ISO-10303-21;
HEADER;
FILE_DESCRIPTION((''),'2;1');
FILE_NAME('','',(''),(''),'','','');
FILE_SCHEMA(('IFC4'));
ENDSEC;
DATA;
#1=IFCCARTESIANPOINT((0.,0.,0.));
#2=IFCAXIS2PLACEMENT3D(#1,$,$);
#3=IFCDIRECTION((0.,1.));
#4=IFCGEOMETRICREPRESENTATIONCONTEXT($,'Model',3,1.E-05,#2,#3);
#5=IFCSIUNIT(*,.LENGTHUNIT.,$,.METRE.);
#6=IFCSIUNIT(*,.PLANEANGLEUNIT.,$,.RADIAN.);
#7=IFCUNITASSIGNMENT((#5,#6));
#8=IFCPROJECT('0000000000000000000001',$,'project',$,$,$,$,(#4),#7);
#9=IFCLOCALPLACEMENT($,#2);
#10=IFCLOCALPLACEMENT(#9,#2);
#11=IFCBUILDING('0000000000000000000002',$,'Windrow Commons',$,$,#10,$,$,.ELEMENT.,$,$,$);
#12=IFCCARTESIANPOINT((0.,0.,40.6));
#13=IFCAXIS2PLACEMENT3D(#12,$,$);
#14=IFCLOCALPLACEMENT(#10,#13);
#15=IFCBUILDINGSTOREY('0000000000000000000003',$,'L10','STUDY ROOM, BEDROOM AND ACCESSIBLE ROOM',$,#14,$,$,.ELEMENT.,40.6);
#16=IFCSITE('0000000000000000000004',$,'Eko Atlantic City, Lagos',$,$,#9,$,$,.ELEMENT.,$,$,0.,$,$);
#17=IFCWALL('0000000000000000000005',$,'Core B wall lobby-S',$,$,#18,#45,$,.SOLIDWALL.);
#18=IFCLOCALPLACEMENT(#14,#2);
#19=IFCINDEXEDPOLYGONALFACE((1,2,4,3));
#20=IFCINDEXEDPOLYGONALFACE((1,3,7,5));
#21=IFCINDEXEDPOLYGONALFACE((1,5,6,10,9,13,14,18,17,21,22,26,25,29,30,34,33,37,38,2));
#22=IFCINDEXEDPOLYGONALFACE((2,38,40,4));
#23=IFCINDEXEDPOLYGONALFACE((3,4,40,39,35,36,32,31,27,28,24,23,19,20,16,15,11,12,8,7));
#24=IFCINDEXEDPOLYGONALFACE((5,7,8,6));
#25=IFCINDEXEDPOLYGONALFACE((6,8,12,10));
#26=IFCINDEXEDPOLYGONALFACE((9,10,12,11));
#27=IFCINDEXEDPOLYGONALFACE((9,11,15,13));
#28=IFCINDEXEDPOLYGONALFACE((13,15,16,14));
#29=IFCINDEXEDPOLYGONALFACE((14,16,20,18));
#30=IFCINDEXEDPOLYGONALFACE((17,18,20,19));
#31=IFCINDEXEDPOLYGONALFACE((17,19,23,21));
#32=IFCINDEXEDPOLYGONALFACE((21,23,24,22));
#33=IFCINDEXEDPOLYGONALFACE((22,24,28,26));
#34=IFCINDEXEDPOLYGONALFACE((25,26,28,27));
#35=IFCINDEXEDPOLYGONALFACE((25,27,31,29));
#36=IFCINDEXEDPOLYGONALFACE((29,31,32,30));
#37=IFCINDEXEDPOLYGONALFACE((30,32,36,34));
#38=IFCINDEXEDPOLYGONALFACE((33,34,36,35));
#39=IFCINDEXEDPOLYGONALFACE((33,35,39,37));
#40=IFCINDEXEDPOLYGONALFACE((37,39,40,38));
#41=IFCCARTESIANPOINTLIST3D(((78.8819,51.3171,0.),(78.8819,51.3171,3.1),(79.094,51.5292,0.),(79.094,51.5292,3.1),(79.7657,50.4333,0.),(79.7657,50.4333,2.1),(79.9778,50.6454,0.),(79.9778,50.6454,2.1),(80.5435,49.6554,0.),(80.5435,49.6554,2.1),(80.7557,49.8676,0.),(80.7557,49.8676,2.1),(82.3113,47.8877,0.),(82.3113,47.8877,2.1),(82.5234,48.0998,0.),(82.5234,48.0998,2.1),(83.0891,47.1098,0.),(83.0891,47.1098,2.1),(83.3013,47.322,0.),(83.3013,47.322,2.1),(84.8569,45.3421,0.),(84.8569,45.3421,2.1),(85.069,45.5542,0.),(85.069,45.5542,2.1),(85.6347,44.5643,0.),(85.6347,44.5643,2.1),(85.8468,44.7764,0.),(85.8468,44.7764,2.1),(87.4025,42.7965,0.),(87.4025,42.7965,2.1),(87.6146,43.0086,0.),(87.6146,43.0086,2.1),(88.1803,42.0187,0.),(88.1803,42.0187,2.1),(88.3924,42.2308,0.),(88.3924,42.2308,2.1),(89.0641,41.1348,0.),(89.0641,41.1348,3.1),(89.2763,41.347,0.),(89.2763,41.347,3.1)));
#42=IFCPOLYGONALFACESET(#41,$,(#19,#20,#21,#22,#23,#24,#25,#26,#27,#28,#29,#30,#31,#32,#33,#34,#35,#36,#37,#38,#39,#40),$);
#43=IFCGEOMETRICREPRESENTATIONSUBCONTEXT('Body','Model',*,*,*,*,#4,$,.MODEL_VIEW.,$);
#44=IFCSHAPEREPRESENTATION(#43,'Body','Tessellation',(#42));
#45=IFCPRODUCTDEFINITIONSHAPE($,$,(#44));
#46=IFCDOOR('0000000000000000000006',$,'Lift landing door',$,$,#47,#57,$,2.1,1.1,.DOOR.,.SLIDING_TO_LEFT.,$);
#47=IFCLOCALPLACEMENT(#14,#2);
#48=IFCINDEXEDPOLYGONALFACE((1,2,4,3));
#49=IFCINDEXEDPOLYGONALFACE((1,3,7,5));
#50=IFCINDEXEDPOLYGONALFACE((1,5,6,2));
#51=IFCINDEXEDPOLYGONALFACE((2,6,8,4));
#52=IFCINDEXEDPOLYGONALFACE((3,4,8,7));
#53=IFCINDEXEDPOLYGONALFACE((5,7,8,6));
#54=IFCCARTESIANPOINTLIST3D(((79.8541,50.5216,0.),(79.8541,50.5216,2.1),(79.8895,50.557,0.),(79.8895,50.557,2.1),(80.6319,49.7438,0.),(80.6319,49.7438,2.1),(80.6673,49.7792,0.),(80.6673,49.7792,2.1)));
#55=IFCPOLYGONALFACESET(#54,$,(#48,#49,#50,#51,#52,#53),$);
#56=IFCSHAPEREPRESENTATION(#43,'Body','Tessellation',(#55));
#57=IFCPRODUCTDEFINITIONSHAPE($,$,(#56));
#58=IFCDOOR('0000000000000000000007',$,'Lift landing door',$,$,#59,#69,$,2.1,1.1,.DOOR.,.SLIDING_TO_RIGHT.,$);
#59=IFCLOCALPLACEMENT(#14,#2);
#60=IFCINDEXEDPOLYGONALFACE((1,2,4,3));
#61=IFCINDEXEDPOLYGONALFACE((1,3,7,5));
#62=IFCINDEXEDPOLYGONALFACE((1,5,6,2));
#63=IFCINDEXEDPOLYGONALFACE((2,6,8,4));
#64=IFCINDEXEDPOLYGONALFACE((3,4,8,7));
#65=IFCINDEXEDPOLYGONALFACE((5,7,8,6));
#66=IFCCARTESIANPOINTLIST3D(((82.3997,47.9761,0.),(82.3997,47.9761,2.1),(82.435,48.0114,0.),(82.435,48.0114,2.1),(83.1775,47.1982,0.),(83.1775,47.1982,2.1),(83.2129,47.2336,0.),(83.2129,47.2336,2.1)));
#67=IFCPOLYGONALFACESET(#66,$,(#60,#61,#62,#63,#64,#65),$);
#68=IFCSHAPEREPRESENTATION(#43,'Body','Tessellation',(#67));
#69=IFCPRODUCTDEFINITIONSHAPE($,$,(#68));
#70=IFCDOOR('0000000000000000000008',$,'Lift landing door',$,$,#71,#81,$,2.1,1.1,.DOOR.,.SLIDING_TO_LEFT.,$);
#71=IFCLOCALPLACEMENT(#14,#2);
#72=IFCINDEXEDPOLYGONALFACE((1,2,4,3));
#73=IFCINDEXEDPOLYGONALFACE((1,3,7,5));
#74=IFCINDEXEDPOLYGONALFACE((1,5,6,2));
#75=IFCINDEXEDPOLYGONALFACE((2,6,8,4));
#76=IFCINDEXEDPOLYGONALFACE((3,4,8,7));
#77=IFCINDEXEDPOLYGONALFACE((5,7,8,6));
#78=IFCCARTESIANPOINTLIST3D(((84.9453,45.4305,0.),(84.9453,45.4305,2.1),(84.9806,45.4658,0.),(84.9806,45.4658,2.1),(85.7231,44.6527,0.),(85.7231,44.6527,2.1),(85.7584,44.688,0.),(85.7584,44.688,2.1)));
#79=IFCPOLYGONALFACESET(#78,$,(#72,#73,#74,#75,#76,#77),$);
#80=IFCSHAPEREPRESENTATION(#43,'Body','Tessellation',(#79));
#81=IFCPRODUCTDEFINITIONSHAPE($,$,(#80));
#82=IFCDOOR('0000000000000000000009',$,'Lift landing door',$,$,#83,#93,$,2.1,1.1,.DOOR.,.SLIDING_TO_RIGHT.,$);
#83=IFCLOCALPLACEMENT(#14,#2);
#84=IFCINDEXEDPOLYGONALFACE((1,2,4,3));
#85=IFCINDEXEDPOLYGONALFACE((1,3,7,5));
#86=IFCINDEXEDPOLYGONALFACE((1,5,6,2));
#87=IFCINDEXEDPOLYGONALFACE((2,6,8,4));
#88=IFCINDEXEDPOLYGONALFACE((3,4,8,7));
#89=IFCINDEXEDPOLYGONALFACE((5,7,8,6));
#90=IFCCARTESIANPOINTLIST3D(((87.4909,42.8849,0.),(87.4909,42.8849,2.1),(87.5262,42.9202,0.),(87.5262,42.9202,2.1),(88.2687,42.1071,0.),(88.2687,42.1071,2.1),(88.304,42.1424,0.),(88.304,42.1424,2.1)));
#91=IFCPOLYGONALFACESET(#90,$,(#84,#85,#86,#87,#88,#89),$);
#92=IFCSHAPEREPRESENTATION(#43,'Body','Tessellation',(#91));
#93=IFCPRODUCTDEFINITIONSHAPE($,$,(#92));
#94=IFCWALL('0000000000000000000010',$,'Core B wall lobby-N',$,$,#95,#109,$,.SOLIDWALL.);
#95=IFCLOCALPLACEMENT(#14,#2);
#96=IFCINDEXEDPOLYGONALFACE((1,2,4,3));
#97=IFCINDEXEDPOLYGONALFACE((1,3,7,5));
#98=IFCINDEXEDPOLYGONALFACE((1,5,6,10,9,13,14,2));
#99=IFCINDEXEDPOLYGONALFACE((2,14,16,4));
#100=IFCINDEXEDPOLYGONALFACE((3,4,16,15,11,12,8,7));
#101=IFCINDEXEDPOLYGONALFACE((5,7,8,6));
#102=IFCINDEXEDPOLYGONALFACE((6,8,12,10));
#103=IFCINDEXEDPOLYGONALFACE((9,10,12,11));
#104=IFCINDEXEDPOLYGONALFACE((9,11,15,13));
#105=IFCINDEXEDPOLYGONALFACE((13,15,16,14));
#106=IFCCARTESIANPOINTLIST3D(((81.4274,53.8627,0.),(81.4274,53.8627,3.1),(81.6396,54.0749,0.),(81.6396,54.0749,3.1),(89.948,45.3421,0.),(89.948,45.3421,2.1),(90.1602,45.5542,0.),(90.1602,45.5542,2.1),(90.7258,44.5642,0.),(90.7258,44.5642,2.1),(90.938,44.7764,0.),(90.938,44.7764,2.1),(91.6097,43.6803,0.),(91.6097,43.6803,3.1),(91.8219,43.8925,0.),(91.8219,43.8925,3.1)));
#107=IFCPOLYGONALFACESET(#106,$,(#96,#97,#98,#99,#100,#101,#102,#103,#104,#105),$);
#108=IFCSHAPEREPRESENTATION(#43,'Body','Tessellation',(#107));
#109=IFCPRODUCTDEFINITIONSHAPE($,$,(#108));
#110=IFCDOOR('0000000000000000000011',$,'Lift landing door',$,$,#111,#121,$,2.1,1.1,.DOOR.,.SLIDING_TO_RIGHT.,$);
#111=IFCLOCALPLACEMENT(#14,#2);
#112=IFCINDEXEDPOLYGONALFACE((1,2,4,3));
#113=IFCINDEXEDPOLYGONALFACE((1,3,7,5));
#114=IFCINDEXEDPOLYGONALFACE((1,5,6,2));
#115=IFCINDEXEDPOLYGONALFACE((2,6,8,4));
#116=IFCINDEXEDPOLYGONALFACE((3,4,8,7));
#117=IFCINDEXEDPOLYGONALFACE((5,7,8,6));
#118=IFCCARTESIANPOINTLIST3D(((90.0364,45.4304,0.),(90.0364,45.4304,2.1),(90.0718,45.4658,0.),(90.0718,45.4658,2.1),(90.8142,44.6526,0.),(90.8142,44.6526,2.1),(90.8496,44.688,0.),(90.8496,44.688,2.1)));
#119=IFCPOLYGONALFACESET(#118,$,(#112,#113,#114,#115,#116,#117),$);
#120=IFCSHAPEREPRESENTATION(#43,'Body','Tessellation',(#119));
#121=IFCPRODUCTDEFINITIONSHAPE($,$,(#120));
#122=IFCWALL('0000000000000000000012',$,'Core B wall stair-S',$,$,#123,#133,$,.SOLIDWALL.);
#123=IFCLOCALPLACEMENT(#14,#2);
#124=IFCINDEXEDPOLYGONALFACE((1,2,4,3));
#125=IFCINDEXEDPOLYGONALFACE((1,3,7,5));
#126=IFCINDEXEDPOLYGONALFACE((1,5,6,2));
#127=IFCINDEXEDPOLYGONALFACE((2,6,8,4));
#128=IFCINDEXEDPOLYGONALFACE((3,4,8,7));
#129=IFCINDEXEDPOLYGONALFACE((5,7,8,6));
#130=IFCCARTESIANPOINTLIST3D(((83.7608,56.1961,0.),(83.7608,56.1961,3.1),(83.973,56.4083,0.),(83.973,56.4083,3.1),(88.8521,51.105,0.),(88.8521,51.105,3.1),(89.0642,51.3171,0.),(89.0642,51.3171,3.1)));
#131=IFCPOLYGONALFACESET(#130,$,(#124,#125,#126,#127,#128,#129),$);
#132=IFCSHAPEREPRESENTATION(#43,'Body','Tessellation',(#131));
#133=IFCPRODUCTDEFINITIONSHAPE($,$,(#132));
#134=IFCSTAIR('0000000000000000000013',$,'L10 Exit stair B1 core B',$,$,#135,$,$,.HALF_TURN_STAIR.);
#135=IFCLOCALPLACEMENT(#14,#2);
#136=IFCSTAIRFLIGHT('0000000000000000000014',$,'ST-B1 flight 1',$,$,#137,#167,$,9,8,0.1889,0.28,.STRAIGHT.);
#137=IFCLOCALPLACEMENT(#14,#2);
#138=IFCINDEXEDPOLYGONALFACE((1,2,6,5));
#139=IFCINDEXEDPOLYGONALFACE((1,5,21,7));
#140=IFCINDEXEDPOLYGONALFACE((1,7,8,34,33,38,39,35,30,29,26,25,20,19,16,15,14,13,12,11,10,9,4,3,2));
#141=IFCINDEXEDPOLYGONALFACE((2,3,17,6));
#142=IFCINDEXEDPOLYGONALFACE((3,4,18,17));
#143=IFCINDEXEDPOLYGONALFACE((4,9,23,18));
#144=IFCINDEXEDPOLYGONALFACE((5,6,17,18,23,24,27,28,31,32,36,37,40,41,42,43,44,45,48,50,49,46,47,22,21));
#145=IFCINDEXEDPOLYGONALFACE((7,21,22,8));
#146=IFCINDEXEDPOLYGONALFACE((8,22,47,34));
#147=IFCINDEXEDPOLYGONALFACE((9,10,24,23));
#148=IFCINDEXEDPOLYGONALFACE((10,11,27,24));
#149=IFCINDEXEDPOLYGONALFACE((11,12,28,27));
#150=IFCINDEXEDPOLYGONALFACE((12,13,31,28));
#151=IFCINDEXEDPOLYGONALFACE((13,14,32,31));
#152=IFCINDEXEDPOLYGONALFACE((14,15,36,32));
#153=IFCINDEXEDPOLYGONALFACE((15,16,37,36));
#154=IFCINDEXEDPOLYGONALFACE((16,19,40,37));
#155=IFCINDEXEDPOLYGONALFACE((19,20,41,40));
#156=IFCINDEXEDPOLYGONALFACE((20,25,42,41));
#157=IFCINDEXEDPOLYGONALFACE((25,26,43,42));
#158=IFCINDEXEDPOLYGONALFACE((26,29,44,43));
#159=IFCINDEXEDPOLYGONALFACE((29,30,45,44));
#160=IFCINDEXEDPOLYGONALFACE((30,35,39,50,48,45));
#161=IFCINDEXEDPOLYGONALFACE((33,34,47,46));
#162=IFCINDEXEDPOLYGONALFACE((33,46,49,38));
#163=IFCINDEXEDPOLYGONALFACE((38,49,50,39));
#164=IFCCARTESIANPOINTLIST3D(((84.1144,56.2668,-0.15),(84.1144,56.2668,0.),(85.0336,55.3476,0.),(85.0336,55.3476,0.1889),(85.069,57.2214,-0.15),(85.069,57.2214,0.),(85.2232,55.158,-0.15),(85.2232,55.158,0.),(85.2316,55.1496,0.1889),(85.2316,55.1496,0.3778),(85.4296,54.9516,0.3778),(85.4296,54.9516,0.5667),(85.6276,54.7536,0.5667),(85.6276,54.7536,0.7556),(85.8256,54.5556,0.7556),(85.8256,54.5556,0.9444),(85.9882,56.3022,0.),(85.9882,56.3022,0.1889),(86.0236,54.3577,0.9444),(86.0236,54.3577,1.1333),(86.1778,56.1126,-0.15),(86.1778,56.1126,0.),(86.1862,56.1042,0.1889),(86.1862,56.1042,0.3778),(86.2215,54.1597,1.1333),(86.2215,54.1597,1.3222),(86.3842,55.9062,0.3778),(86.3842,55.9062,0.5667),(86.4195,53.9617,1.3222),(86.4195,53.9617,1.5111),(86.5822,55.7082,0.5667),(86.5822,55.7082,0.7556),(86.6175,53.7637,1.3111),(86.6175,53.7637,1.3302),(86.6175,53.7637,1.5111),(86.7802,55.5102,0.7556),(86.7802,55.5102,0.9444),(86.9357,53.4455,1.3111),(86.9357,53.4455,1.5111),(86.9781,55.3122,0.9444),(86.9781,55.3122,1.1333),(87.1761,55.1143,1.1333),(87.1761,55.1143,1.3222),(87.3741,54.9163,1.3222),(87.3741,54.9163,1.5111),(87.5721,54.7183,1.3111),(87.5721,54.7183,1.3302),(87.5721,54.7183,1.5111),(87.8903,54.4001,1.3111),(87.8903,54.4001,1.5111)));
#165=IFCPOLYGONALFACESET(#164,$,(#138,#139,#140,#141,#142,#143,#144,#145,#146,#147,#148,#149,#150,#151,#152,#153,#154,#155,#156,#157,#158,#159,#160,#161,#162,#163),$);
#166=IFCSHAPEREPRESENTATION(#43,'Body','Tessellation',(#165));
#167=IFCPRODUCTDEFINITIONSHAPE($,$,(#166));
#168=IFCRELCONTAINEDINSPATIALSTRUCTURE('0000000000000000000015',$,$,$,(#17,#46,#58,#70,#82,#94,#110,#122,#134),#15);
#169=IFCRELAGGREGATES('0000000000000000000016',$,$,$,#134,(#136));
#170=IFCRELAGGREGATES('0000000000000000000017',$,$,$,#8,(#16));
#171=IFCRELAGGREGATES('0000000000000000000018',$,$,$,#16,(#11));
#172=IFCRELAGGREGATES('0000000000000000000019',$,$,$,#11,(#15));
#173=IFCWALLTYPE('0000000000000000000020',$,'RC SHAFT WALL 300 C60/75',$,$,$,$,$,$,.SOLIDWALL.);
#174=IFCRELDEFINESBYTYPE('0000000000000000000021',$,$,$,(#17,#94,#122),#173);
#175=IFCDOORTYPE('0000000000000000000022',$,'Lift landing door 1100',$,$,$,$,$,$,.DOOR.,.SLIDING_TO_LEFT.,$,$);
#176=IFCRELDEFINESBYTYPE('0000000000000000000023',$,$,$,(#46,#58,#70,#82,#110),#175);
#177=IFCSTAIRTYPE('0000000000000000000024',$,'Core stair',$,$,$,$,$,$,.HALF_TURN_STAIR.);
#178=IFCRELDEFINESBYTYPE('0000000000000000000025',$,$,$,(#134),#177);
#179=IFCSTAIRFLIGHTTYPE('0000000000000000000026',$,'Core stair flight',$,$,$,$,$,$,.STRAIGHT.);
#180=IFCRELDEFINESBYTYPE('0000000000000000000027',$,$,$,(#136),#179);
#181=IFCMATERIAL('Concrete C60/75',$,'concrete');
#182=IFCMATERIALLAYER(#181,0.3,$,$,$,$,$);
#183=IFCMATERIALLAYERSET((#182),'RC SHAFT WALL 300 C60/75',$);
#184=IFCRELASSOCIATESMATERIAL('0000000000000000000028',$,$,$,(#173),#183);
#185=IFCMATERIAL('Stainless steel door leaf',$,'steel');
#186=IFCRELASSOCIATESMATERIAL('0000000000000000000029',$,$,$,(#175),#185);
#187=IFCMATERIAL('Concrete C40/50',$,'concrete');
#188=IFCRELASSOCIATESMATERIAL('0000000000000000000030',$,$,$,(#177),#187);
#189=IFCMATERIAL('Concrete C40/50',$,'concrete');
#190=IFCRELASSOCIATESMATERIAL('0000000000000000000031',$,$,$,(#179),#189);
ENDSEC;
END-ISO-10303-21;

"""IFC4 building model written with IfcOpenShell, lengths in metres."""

from ifc_helpers import new_model, si_unit, direction, frame, frame_2d, origin, place, context, subcontext, project, spatial, polyline, rectangle, outline, extrude, material, layer, layer_set, type_object, element, fill, aggregate, save


model = new_model("IFC4")

# Units and contexts
model_context = context("Model", 3, precision=1e-05, world=origin(), true_north=direction((0.0, 1.0)))
body_context = subcontext(model_context, "Body", "Model", "MODEL_VIEW")
ifc_project = project(units=[si_unit("LENGTHUNIT", "METRE"), si_unit("PLANEANGLEUNIT", "RADIAN")], contexts=[model_context])

# Site, building, storey
site_placement = place(None, origin())
site = spatial("IfcSite", under=ifc_project, at=site_placement, Name="Eko Atlantic City, Lagos", CompositionType="ELEMENT", RefElevation=0.0)
building_placement = place(site_placement, origin())
building = spatial("IfcBuilding", under=site, at=building_placement, Name="Windrow Commons", CompositionType="ELEMENT")
storey_placement = place(building_placement, frame((0.0, 0.0, 40.6)))
storey = spatial("IfcBuildingStorey", under=building, at=storey_placement, Name="L10", Description="STUDY ROOM, BEDROOM AND ACCESSIBLE ROOM", CompositionType="ELEMENT", Elevation=40.6)

# Shared definitions
ifc_material_1 = material(Name="Concrete C60/75", Category="concrete")
ifc_layer_1 = layer(ifc_material_1, 0.3)
ifc_layer_set_1 = layer_set([ifc_layer_1], Name="RC SHAFT WALL 300 C60/75")
wall_type_1 = type_object("IfcWallType", Name="RC SHAFT WALL 300 C60/75", PredefinedType="SOLIDWALL", material=ifc_layer_set_1)

# Wall, openings, doors
wall_1_placement = place(storey_placement, frame((78.9879, 51.4232, 0.0), z_axis=(0.0, 0.0, 1.0), x_axis=(0.707107, -0.707107, 0.0)))
wall_1 = element("IfcWall", 1, at=wall_1_placement, inside=storey, type_object=wall_type_1, Name="Core B wall lobby-S", PredefinedType="SOLIDWALL", context=body_context, shape_type="SweptSolid", body=[
    extrude(rectangle(XDim=14.3999, YDim=0.3, at=frame_2d((7.2, 0.0))), origin(), (0.0, 0.0, 1.0), 3.1),
])
opening_1_placement = place(wall_1_placement, frame((1.25, 0.0, 0.0)))
opening_1 = element("IfcOpeningElement", 2, at=opening_1_placement, cuts=wall_1, PredefinedType="OPENING", context=body_context, shape_type="SweptSolid", body=[
    extrude(rectangle(XDim=1.1, YDim=2.1, at=frame_2d((0.55, 1.05))), frame((0.0, 0.16, 0.0), z_axis=(0.0, -1.0, 0.0), x_axis=(1.0, 0.0, 0.0)), (0.0, 0.0, 1.0), 0.32),
])
opening_2_placement = place(wall_1_placement, frame((4.85, 0.0, 0.0)))
opening_2 = element("IfcOpeningElement", 3, at=opening_2_placement, cuts=wall_1, PredefinedType="OPENING", context=body_context, shape_type="SweptSolid", body=[
    extrude(rectangle(XDim=1.1, YDim=2.1, at=frame_2d((0.55, 1.05))), frame((0.0, 0.16, 0.0), z_axis=(0.0, -1.0, 0.0), x_axis=(1.0, 0.0, 0.0)), (0.0, 0.0, 1.0), 0.32),
])
opening_3_placement = place(wall_1_placement, frame((8.45, 0.0, 0.0)))
opening_3 = element("IfcOpeningElement", 4, at=opening_3_placement, cuts=wall_1, PredefinedType="OPENING", context=body_context, shape_type="SweptSolid", body=[
    extrude(rectangle(XDim=1.1, YDim=2.1, at=frame_2d((0.55, 1.05))), frame((0.0, 0.16, 0.0), z_axis=(0.0, -1.0, 0.0), x_axis=(1.0, 0.0, 0.0)), (0.0, 0.0, 1.0), 0.32),
])
opening_4_placement = place(wall_1_placement, frame((12.05, 0.0, 0.0)))
opening_4 = element("IfcOpeningElement", 5, at=opening_4_placement, cuts=wall_1, PredefinedType="OPENING", context=body_context, shape_type="SweptSolid", body=[
    extrude(rectangle(XDim=1.1, YDim=2.1, at=frame_2d((0.55, 1.05))), frame((0.0, 0.16, 0.0), z_axis=(0.0, -1.0, 0.0), x_axis=(1.0, 0.0, 0.0)), (0.0, 0.0, 1.0), 0.32),
])
ifc_material_2 = material(Name="Stainless steel door leaf", Category="steel")
door_type_1 = type_object("IfcDoorType", Name="Lift landing door 1100", OperationType="SLIDING_TO_LEFT", PredefinedType="DOOR", material=ifc_material_2)
door_1_placement = place(opening_1_placement, origin())
door_1 = element("IfcDoor", 6, at=door_1_placement, inside=storey, type_object=door_type_1, Name="Lift landing door", OperationType="SLIDING_TO_LEFT", OverallHeight=2.1, OverallWidth=1.1, PredefinedType="DOOR", context=body_context, shape_type="SweptSolid", body=[
    extrude(rectangle(XDim=1.1, YDim=2.1, at=frame_2d((0.55, 1.05))), frame((0.0, 0.025, 0.0), z_axis=(0.0, -1.0, 0.0), x_axis=(1.0, 0.0, 0.0)), (0.0, 0.0, 1.0), 0.05),
])
fill(opening_1, door_1)
door_2_placement = place(opening_2_placement, origin())
door_2 = element("IfcDoor", 7, at=door_2_placement, inside=storey, type_object=door_type_1, Name="Lift landing door", OperationType="SLIDING_TO_RIGHT", OverallHeight=2.1, OverallWidth=1.1, PredefinedType="DOOR", context=body_context, shape_type="SweptSolid", body=[
    extrude(rectangle(XDim=1.1, YDim=2.1, at=frame_2d((0.55, 1.05))), frame((0.0, 0.025, 0.0), z_axis=(0.0, -1.0, 0.0), x_axis=(1.0, 0.0, 0.0)), (0.0, 0.0, 1.0), 0.05),
])
fill(opening_2, door_2)
door_3_placement = place(opening_3_placement, origin())
door_3 = element("IfcDoor", 8, at=door_3_placement, inside=storey, type_object=door_type_1, Name="Lift landing door", OperationType="SLIDING_TO_LEFT", OverallHeight=2.1, OverallWidth=1.1, PredefinedType="DOOR", context=body_context, shape_type="SweptSolid", body=[
    extrude(rectangle(XDim=1.1, YDim=2.1, at=frame_2d((0.55, 1.05))), frame((0.0, 0.025, 0.0), z_axis=(0.0, -1.0, 0.0), x_axis=(1.0, 0.0, 0.0)), (0.0, 0.0, 1.0), 0.05),
])
fill(opening_3, door_3)
door_4_placement = place(opening_4_placement, origin())
door_4 = element("IfcDoor", 9, at=door_4_placement, inside=storey, type_object=door_type_1, Name="Lift landing door", OperationType="SLIDING_TO_RIGHT", OverallHeight=2.1, OverallWidth=1.1, PredefinedType="DOOR", context=body_context, shape_type="SweptSolid", body=[
    extrude(rectangle(XDim=1.1, YDim=2.1, at=frame_2d((0.55, 1.05))), frame((0.0, 0.025, 0.0), z_axis=(0.0, -1.0, 0.0), x_axis=(1.0, 0.0, 0.0)), (0.0, 0.0, 1.0), 0.05),
])
fill(opening_4, door_4)

# Wall, opening, door
wall_2_placement = place(storey_placement, frame((81.5335, 53.9688, 0.0), z_axis=(0.0, 0.0, 1.0), x_axis=(0.707103, -0.70711, 0.0)))
wall_2 = element("IfcWall", 10, at=wall_2_placement, inside=storey, type_object=wall_type_1, Name="Core B wall lobby-N", PredefinedType="SOLIDWALL", context=body_context, shape_type="SweptSolid", body=[
    extrude(rectangle(XDim=14.4, YDim=0.3, at=frame_2d((7.2, 0.0))), origin(), (0.0, 0.0, 1.0), 3.1),
])
opening_5_placement = place(wall_2_placement, frame((12.05, 0.0, 0.0)))
opening_5 = element("IfcOpeningElement", 11, at=opening_5_placement, cuts=wall_2, PredefinedType="OPENING", context=body_context, shape_type="SweptSolid", body=[
    extrude(rectangle(XDim=1.1, YDim=2.1, at=frame_2d((0.55, 1.05))), frame((0.0, 0.16, 0.0), z_axis=(0.0, -1.0, 0.0), x_axis=(1.0, 0.0, 0.0)), (0.0, 0.0, 1.0), 0.32),
])
door_5_placement = place(opening_5_placement, origin())
door_5 = element("IfcDoor", 12, at=door_5_placement, inside=storey, type_object=door_type_1, Name="Lift landing door", OperationType="SLIDING_TO_RIGHT", OverallHeight=2.1, OverallWidth=1.1, PredefinedType="DOOR", context=body_context, shape_type="SweptSolid", body=[
    extrude(rectangle(XDim=1.1, YDim=2.1, at=frame_2d((0.55, 1.05))), frame((0.0, 0.025, 0.0), z_axis=(0.0, -1.0, 0.0), x_axis=(1.0, 0.0, 0.0)), (0.0, 0.0, 1.0), 0.05),
])
fill(opening_5, door_5)

# Wall
wall_3_placement = place(storey_placement, frame((83.8669, 56.3022, 0.0), z_axis=(0.0, 0.0, 1.0), x_axis=(0.707114, -0.7071, 0.0)))
element("IfcWall", 13, at=wall_3_placement, inside=storey, type_object=wall_type_1, Name="Core B wall stair-S", PredefinedType="SOLIDWALL", context=body_context, shape_type="SweptSolid", body=[
    extrude(rectangle(XDim=7.2, YDim=0.3, at=frame_2d((3.6, 0.0))), origin(), (0.0, 0.0, 1.0), 3.1),
])

# Stair, stair flight
ifc_material_3 = material(Name="Concrete C40/50", Category="concrete")
stair_type = type_object("IfcStairType", Name="Core stair", PredefinedType="HALF_TURN_STAIR", material=ifc_material_3)
stair_placement = place(storey_placement, origin())
stair = element("IfcStair", 14, at=stair_placement, inside=storey, type_object=stair_type, Name="L10 Exit stair B1 core B", PredefinedType="HALF_TURN_STAIR")
ifc_material_4 = material(Name="Concrete C40/50", Category="concrete")
stair_flight_type = type_object("IfcStairFlightType", Name="Core stair flight", PredefinedType="STRAIGHT", material=ifc_material_4)
stair_flight_placement = place(storey_placement, frame((85.5109, 55.8249, 0.0), z_axis=(0.0, 0.0, 1.0), x_axis=(0.707107, -0.707107, 0.0)))
stair_flight = element("IfcStairFlight", 15, at=stair_flight_placement, type_object=stair_flight_type, Name="ST-B1 flight 1", NumberOfRisers=9, NumberOfTreads=8, PredefinedType="STRAIGHT", RiserHeight=0.1889, TreadLength=0.28, context=body_context, shape_type="SweptSolid", body=[
    extrude(outline(polyline([(-1.3, -0.15), (-1.3, 0.0), (0.0, 0.0), (0.0, 0.1889), (0.28, 0.1889), (0.28, 0.3778), (0.56, 0.3778), (0.56, 0.5667), (0.84, 0.5667), (0.84, 0.7556), (1.12, 0.7556), (1.12, 0.9444), (1.4, 0.9444), (1.4, 1.1333), (1.68, 1.1333), (1.68, 1.3222), (1.96, 1.3222), (1.96, 1.5111), (2.24, 1.5111), (2.69, 1.5111), (2.69, 1.3111), (2.24, 1.3111), (2.24, 1.3302), (0.2682, 0.0), (0.2682, -0.15), (-1.3, -0.15)])), frame((0.0, 0.675, 0.0), z_axis=(0.0, -1.0, 0.0), x_axis=(1.0, 0.0, 0.0)), (0.0, 0.0, 1.0), 1.35),
])
aggregate(stair, [stair_flight])

save(model, "model.ifc")
